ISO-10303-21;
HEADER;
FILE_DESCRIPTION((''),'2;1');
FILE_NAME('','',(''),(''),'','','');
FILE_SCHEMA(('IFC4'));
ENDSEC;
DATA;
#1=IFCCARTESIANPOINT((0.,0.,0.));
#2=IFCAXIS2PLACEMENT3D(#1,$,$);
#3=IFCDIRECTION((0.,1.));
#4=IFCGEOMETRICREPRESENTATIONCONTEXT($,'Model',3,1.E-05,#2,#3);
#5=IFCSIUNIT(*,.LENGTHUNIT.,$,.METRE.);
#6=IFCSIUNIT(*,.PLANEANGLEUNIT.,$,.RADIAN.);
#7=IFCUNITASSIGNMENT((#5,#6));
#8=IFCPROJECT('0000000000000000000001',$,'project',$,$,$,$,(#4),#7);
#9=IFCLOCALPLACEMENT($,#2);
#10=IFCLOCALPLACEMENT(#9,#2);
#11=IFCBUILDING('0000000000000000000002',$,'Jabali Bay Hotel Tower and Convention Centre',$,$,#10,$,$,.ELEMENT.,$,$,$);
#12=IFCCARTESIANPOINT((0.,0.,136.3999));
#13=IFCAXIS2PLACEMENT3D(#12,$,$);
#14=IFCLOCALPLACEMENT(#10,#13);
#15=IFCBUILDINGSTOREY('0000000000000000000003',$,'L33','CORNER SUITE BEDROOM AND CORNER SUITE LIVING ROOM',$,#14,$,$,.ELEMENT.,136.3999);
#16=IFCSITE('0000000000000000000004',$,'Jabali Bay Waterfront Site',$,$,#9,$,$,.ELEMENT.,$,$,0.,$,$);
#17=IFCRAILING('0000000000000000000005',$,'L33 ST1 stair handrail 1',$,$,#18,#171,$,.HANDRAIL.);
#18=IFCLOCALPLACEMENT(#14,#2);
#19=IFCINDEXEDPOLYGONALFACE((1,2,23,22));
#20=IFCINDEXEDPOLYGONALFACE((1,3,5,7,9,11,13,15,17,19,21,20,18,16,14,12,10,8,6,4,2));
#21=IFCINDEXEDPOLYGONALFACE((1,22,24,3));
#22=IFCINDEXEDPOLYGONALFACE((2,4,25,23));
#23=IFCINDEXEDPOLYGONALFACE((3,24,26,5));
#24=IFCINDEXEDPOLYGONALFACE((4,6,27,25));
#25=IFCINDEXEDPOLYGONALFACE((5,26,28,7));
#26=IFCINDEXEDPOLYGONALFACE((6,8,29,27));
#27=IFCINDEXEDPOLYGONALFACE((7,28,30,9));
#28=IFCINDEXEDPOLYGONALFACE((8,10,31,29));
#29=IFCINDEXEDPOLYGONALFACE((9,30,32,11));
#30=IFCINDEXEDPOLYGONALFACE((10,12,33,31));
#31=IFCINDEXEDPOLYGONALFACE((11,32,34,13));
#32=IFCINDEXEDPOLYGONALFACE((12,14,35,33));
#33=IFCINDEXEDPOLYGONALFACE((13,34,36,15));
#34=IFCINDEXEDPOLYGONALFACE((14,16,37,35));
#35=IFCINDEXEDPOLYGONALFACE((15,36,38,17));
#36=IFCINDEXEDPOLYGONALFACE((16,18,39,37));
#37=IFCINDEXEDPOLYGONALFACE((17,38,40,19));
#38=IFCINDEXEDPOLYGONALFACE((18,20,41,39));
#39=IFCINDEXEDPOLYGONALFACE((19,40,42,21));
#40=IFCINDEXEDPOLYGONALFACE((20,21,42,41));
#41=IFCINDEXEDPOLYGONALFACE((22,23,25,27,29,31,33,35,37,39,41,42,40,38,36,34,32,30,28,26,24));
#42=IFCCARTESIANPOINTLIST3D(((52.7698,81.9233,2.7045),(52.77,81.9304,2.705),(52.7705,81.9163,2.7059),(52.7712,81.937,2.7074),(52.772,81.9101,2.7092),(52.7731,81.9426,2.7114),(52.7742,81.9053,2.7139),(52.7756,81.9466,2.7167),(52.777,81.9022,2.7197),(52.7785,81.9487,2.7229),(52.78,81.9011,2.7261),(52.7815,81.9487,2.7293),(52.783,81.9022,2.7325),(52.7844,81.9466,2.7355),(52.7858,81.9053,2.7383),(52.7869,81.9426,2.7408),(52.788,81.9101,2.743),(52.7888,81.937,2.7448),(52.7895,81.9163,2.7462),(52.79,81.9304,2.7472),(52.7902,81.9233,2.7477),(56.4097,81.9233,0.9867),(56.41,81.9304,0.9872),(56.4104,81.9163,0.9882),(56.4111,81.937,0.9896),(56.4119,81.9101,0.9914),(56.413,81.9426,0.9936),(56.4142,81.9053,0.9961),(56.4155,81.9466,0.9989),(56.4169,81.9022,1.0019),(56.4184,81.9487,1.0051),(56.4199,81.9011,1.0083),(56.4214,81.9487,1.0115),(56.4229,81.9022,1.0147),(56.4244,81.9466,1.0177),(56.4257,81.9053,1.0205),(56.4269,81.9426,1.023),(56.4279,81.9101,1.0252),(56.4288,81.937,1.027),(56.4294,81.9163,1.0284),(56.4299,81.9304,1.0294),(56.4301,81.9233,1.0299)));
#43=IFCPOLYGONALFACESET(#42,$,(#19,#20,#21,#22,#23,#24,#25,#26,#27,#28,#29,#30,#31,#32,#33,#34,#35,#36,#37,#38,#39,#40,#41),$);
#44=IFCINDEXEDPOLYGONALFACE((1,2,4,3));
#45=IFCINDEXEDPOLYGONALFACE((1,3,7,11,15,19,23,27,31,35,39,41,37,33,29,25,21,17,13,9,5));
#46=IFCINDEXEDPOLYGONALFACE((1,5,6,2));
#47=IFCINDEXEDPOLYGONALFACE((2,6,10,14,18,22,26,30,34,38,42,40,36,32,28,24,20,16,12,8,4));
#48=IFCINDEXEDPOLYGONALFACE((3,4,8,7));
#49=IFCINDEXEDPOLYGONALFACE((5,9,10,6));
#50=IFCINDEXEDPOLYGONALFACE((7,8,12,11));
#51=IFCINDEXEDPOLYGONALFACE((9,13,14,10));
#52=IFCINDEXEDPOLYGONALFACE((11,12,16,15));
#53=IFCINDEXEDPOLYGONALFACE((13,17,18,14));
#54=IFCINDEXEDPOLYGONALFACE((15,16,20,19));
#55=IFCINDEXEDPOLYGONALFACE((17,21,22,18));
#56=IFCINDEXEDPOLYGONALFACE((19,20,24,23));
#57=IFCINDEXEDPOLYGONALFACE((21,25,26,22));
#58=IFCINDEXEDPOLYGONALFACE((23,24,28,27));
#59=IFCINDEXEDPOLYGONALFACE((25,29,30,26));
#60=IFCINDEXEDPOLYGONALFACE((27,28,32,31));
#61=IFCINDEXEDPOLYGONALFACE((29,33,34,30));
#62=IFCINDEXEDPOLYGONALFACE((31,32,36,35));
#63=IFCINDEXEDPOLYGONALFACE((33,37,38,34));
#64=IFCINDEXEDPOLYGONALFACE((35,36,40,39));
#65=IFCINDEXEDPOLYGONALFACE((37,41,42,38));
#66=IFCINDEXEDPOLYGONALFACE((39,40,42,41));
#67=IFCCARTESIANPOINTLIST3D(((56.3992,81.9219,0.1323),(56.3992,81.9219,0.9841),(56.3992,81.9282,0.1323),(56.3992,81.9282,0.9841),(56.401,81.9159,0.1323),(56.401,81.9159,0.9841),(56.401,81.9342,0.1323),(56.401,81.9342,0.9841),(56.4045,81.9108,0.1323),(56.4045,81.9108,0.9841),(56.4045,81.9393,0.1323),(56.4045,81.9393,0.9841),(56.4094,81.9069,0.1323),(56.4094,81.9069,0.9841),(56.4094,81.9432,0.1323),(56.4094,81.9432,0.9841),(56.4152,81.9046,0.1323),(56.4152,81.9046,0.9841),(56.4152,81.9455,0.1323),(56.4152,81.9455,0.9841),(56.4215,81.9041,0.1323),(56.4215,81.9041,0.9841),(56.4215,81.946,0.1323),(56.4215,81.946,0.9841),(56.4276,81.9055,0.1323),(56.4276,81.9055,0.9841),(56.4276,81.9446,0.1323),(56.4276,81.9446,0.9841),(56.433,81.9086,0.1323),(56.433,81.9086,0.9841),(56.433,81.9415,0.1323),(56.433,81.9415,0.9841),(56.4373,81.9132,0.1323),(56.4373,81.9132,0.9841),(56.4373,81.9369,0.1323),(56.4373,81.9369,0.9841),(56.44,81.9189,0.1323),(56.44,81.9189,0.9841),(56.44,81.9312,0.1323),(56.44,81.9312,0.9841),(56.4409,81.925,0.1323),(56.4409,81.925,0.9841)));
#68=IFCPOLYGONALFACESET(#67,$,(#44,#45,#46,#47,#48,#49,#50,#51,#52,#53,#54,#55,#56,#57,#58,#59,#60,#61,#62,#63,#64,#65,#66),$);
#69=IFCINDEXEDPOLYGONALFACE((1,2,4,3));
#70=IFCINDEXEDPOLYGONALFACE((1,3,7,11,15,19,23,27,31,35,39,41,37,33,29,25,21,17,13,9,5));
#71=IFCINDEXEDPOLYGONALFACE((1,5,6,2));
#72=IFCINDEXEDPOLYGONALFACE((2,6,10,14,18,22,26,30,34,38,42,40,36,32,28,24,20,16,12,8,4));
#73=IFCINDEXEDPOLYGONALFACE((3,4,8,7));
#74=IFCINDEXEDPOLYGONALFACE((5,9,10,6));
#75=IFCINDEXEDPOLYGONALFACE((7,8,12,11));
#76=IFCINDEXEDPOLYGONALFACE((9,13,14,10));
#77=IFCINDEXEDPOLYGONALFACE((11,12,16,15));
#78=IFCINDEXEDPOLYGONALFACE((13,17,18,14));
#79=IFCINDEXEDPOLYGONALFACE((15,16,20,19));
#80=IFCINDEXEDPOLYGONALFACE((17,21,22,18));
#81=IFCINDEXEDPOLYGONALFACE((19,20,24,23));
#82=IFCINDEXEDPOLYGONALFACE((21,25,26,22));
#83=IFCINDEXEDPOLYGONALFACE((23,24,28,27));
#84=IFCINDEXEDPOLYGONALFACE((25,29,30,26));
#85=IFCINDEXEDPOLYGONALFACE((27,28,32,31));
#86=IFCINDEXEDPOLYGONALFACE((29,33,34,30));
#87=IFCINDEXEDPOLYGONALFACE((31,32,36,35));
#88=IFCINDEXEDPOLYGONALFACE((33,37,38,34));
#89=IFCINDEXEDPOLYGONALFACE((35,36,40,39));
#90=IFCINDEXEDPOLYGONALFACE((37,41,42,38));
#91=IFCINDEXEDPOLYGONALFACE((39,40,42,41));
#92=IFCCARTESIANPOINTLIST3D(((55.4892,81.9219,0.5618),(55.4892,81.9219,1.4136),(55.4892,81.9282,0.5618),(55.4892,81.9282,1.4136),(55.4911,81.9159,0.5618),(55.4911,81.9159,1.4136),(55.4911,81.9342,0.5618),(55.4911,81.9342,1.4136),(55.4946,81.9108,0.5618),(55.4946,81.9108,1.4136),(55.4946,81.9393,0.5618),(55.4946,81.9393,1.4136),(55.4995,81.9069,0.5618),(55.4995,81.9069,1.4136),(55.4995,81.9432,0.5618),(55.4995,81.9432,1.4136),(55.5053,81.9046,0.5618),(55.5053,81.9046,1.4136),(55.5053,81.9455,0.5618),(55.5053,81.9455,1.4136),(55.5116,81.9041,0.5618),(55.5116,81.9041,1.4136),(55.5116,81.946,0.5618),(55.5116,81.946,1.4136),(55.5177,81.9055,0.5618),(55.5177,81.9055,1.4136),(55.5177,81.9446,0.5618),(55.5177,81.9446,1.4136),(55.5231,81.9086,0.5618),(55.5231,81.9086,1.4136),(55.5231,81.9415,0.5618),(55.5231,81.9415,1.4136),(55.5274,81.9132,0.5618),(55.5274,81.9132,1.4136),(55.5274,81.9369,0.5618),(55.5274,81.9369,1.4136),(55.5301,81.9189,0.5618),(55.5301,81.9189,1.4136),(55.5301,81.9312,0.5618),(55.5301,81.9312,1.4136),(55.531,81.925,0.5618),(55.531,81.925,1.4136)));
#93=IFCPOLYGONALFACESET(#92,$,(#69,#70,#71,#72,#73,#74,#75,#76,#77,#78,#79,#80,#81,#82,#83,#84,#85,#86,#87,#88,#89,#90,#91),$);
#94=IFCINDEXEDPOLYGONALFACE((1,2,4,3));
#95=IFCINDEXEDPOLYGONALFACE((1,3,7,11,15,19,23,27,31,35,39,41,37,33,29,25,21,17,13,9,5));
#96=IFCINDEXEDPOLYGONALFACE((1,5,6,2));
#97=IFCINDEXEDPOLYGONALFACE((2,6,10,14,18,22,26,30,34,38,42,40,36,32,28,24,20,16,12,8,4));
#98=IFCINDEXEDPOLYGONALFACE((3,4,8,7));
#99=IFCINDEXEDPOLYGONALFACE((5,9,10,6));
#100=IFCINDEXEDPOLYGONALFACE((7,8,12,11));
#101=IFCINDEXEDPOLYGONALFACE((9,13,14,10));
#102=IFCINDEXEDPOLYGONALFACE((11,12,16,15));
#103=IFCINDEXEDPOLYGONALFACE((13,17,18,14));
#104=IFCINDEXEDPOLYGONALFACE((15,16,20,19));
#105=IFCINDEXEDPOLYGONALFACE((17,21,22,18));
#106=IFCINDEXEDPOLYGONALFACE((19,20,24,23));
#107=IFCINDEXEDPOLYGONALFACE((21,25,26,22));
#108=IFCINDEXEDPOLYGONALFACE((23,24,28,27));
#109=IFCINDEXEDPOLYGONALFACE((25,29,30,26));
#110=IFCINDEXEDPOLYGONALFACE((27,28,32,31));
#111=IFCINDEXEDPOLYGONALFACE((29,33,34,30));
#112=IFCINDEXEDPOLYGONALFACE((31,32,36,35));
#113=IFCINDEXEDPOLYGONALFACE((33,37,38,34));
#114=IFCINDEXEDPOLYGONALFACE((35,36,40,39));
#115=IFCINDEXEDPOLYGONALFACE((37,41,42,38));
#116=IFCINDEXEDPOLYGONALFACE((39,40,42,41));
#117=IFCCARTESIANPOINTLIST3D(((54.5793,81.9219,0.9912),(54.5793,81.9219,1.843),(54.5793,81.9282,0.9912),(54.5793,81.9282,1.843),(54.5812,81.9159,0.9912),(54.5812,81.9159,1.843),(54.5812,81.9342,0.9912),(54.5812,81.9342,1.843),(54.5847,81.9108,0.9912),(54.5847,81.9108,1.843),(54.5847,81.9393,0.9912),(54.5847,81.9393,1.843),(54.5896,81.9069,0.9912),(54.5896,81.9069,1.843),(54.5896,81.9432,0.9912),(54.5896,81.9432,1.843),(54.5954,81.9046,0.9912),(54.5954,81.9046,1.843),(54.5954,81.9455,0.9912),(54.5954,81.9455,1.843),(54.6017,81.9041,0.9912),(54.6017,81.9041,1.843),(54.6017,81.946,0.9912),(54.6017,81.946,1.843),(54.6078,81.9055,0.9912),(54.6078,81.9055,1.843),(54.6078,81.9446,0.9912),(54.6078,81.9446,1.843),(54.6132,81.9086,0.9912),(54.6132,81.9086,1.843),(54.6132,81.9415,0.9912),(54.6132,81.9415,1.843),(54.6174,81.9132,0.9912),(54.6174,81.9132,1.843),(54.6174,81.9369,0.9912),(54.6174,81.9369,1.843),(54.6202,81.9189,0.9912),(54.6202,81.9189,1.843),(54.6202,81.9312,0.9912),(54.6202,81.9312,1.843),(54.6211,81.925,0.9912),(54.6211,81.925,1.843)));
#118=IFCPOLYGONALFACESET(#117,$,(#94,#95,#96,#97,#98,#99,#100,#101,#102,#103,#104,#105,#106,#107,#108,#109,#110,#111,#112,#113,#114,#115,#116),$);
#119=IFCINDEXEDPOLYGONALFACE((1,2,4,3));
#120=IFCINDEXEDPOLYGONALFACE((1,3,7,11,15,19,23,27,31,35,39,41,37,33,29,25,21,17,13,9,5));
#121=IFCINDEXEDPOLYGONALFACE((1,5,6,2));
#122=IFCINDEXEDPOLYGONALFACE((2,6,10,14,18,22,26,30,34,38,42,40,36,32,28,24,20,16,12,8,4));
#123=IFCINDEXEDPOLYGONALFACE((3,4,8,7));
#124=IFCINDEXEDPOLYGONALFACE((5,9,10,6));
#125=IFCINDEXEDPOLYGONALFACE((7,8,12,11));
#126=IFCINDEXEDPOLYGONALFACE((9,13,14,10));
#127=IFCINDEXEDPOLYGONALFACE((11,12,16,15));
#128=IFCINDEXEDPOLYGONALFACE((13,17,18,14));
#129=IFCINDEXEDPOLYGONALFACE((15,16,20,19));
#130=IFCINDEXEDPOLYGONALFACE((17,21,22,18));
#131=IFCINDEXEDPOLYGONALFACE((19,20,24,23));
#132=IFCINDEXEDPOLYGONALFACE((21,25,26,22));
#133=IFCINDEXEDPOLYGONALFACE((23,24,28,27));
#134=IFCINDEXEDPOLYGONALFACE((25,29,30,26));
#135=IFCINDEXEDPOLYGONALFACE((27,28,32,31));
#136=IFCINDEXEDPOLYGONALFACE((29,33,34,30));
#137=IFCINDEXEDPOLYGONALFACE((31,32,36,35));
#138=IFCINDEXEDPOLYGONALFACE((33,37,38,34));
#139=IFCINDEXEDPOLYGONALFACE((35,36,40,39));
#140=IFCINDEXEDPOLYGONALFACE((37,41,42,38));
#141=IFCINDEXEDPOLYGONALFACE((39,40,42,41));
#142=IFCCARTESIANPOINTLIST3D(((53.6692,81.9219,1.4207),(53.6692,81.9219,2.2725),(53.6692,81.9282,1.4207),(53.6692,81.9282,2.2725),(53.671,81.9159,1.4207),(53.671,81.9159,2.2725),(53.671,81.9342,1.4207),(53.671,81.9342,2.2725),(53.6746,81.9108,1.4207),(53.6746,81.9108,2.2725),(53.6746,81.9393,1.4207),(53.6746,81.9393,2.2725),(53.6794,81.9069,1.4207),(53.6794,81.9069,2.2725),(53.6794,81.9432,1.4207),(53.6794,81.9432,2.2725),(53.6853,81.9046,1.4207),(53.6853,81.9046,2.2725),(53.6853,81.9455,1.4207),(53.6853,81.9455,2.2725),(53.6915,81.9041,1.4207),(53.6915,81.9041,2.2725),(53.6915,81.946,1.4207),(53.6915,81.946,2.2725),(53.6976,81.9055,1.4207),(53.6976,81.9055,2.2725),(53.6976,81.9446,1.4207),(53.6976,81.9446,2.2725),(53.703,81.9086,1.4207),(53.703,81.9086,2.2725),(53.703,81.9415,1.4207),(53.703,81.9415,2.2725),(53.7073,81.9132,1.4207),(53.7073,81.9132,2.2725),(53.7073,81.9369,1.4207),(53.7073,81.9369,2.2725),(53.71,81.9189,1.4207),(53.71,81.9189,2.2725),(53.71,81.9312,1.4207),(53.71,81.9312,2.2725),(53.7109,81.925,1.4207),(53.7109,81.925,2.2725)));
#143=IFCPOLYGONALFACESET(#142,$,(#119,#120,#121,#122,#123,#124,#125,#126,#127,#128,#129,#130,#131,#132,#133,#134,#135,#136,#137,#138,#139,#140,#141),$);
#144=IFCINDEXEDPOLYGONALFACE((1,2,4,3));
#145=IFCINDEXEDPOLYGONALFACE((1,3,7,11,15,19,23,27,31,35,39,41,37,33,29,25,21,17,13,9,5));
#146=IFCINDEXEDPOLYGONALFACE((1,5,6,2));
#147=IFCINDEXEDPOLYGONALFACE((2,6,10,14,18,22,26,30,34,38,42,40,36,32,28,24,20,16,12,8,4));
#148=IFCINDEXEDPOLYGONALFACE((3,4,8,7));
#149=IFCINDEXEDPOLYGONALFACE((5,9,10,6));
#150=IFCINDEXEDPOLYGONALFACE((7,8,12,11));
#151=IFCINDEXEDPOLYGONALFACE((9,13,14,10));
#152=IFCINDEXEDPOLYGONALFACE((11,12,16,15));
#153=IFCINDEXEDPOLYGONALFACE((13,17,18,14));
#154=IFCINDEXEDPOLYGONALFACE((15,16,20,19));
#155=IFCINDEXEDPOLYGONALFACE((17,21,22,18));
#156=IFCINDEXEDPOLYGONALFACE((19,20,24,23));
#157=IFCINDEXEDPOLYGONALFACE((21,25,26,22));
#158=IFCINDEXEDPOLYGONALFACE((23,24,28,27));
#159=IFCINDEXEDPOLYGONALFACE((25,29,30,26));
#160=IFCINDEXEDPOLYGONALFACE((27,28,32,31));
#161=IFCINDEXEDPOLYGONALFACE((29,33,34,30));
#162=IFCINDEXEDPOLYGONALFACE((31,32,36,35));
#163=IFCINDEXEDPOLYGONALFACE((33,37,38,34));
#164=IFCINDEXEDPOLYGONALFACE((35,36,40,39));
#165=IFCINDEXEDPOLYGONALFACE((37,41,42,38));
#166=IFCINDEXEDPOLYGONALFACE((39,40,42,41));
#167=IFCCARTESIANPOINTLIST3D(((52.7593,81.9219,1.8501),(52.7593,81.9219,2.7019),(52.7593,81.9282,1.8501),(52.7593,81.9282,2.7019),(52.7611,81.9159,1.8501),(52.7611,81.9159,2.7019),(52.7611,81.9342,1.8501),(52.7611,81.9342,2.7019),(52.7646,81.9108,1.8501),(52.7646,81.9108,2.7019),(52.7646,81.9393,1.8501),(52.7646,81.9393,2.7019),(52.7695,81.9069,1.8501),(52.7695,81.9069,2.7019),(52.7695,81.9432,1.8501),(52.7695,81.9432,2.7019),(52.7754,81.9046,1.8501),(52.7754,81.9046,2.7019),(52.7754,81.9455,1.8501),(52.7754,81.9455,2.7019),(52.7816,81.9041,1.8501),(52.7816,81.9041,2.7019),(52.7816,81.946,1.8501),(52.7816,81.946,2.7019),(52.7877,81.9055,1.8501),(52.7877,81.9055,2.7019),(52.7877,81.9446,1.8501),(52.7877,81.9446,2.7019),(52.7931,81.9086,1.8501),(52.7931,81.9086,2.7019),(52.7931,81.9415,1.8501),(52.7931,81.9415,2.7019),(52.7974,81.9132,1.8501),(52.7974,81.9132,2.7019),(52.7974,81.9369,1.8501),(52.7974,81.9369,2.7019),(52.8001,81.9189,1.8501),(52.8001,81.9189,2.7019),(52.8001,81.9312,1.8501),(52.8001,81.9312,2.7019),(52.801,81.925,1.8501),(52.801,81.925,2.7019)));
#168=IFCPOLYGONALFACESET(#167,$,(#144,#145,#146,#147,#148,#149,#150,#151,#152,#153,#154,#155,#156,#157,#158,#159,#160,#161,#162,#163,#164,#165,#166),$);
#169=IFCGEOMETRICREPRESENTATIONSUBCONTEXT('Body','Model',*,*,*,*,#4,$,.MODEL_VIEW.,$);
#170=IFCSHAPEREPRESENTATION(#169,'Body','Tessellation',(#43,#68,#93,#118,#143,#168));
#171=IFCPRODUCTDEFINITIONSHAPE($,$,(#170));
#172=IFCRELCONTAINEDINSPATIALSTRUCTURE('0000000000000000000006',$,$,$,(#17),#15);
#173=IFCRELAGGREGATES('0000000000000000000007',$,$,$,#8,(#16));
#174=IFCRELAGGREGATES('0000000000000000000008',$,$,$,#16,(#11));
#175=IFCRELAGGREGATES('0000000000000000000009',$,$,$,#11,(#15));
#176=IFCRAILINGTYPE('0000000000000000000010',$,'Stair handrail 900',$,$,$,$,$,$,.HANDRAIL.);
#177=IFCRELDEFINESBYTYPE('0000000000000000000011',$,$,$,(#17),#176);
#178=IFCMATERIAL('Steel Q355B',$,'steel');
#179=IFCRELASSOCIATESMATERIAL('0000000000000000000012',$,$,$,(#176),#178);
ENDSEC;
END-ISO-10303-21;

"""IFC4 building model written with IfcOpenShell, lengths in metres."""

from ifc_helpers import new_model, si_unit, direction, frame, origin, origin_2d, place, context, subcontext, project, spatial, circle, extrude, material, type_object, element, save


model = new_model("IFC4")

# Units and contexts
model_context = context("Model", 3, precision=1e-05, world=origin(), true_north=direction((0.0, 1.0)))
body_context = subcontext(model_context, "Body", "Model", "MODEL_VIEW")
ifc_project = project(units=[si_unit("LENGTHUNIT", "METRE"), si_unit("PLANEANGLEUNIT", "RADIAN")], contexts=[model_context])

# Site, building, storey
site_placement = place(None, origin())
site = spatial("IfcSite", under=ifc_project, at=site_placement, Name="Jabali Bay Waterfront Site", CompositionType="ELEMENT", RefElevation=0.0)
building_placement = place(site_placement, origin())
building = spatial("IfcBuilding", under=site, at=building_placement, Name="Jabali Bay Hotel Tower and Convention Centre", CompositionType="ELEMENT")
storey_placement = place(building_placement, frame((0.0, 0.0, 136.3999)))
storey = spatial("IfcBuildingStorey", under=building, at=storey_placement, Name="L33", Description="CORNER SUITE BEDROOM AND CORNER SUITE LIVING ROOM", CompositionType="ELEMENT", Elevation=136.3999)

# Railing
ifc_material_1 = material(Name="Steel Q355B", Category="steel")
railing_type_1 = type_object("IfcRailingType", Name="Stair handrail 900", PredefinedType="HANDRAIL", material=ifc_material_1)
railing_1_placement = place(storey_placement, frame((56.4199, 81.925, 0.1323)))
element("IfcRailing", 1, at=railing_1_placement, inside=storey, type_object=railing_type_1, Name="L33 ST1 stair handrail 1", PredefinedType="HANDRAIL", context=body_context, shape_type="SweptSolid", body=[
    extrude(circle(Radius=0.0239, at=origin_2d()), frame((0.0, 0.0, 0.876), z_axis=(-0.904351, 0.0, 0.42679), x_axis=(0.0, -1.0, 0.0)), (0.0, 0.0, 1.0), 4.0249),
    extrude(circle(Radius=0.021, at=origin_2d()), origin(), (0.0, 0.0, 1.0), 0.8518),
    extrude(circle(Radius=0.021, at=origin_2d()), frame((-0.9099, 0.0, 0.4294)), (0.0, 0.0, 1.0), 0.8518),
    extrude(circle(Radius=0.021, at=origin_2d()), frame((-1.8198, 0.0, 0.8589)), (0.0, 0.0, 1.0), 0.8518),
    extrude(circle(Radius=0.021, at=origin_2d()), frame((-2.73, 0.0, 1.2883)), (0.0, 0.0, 1.0), 0.8518),
    extrude(circle(Radius=0.021, at=origin_2d()), frame((-3.6399, 0.0, 1.7178)), (0.0, 0.0, 1.0), 0.8518),
])

save(model, "model.ifc")
